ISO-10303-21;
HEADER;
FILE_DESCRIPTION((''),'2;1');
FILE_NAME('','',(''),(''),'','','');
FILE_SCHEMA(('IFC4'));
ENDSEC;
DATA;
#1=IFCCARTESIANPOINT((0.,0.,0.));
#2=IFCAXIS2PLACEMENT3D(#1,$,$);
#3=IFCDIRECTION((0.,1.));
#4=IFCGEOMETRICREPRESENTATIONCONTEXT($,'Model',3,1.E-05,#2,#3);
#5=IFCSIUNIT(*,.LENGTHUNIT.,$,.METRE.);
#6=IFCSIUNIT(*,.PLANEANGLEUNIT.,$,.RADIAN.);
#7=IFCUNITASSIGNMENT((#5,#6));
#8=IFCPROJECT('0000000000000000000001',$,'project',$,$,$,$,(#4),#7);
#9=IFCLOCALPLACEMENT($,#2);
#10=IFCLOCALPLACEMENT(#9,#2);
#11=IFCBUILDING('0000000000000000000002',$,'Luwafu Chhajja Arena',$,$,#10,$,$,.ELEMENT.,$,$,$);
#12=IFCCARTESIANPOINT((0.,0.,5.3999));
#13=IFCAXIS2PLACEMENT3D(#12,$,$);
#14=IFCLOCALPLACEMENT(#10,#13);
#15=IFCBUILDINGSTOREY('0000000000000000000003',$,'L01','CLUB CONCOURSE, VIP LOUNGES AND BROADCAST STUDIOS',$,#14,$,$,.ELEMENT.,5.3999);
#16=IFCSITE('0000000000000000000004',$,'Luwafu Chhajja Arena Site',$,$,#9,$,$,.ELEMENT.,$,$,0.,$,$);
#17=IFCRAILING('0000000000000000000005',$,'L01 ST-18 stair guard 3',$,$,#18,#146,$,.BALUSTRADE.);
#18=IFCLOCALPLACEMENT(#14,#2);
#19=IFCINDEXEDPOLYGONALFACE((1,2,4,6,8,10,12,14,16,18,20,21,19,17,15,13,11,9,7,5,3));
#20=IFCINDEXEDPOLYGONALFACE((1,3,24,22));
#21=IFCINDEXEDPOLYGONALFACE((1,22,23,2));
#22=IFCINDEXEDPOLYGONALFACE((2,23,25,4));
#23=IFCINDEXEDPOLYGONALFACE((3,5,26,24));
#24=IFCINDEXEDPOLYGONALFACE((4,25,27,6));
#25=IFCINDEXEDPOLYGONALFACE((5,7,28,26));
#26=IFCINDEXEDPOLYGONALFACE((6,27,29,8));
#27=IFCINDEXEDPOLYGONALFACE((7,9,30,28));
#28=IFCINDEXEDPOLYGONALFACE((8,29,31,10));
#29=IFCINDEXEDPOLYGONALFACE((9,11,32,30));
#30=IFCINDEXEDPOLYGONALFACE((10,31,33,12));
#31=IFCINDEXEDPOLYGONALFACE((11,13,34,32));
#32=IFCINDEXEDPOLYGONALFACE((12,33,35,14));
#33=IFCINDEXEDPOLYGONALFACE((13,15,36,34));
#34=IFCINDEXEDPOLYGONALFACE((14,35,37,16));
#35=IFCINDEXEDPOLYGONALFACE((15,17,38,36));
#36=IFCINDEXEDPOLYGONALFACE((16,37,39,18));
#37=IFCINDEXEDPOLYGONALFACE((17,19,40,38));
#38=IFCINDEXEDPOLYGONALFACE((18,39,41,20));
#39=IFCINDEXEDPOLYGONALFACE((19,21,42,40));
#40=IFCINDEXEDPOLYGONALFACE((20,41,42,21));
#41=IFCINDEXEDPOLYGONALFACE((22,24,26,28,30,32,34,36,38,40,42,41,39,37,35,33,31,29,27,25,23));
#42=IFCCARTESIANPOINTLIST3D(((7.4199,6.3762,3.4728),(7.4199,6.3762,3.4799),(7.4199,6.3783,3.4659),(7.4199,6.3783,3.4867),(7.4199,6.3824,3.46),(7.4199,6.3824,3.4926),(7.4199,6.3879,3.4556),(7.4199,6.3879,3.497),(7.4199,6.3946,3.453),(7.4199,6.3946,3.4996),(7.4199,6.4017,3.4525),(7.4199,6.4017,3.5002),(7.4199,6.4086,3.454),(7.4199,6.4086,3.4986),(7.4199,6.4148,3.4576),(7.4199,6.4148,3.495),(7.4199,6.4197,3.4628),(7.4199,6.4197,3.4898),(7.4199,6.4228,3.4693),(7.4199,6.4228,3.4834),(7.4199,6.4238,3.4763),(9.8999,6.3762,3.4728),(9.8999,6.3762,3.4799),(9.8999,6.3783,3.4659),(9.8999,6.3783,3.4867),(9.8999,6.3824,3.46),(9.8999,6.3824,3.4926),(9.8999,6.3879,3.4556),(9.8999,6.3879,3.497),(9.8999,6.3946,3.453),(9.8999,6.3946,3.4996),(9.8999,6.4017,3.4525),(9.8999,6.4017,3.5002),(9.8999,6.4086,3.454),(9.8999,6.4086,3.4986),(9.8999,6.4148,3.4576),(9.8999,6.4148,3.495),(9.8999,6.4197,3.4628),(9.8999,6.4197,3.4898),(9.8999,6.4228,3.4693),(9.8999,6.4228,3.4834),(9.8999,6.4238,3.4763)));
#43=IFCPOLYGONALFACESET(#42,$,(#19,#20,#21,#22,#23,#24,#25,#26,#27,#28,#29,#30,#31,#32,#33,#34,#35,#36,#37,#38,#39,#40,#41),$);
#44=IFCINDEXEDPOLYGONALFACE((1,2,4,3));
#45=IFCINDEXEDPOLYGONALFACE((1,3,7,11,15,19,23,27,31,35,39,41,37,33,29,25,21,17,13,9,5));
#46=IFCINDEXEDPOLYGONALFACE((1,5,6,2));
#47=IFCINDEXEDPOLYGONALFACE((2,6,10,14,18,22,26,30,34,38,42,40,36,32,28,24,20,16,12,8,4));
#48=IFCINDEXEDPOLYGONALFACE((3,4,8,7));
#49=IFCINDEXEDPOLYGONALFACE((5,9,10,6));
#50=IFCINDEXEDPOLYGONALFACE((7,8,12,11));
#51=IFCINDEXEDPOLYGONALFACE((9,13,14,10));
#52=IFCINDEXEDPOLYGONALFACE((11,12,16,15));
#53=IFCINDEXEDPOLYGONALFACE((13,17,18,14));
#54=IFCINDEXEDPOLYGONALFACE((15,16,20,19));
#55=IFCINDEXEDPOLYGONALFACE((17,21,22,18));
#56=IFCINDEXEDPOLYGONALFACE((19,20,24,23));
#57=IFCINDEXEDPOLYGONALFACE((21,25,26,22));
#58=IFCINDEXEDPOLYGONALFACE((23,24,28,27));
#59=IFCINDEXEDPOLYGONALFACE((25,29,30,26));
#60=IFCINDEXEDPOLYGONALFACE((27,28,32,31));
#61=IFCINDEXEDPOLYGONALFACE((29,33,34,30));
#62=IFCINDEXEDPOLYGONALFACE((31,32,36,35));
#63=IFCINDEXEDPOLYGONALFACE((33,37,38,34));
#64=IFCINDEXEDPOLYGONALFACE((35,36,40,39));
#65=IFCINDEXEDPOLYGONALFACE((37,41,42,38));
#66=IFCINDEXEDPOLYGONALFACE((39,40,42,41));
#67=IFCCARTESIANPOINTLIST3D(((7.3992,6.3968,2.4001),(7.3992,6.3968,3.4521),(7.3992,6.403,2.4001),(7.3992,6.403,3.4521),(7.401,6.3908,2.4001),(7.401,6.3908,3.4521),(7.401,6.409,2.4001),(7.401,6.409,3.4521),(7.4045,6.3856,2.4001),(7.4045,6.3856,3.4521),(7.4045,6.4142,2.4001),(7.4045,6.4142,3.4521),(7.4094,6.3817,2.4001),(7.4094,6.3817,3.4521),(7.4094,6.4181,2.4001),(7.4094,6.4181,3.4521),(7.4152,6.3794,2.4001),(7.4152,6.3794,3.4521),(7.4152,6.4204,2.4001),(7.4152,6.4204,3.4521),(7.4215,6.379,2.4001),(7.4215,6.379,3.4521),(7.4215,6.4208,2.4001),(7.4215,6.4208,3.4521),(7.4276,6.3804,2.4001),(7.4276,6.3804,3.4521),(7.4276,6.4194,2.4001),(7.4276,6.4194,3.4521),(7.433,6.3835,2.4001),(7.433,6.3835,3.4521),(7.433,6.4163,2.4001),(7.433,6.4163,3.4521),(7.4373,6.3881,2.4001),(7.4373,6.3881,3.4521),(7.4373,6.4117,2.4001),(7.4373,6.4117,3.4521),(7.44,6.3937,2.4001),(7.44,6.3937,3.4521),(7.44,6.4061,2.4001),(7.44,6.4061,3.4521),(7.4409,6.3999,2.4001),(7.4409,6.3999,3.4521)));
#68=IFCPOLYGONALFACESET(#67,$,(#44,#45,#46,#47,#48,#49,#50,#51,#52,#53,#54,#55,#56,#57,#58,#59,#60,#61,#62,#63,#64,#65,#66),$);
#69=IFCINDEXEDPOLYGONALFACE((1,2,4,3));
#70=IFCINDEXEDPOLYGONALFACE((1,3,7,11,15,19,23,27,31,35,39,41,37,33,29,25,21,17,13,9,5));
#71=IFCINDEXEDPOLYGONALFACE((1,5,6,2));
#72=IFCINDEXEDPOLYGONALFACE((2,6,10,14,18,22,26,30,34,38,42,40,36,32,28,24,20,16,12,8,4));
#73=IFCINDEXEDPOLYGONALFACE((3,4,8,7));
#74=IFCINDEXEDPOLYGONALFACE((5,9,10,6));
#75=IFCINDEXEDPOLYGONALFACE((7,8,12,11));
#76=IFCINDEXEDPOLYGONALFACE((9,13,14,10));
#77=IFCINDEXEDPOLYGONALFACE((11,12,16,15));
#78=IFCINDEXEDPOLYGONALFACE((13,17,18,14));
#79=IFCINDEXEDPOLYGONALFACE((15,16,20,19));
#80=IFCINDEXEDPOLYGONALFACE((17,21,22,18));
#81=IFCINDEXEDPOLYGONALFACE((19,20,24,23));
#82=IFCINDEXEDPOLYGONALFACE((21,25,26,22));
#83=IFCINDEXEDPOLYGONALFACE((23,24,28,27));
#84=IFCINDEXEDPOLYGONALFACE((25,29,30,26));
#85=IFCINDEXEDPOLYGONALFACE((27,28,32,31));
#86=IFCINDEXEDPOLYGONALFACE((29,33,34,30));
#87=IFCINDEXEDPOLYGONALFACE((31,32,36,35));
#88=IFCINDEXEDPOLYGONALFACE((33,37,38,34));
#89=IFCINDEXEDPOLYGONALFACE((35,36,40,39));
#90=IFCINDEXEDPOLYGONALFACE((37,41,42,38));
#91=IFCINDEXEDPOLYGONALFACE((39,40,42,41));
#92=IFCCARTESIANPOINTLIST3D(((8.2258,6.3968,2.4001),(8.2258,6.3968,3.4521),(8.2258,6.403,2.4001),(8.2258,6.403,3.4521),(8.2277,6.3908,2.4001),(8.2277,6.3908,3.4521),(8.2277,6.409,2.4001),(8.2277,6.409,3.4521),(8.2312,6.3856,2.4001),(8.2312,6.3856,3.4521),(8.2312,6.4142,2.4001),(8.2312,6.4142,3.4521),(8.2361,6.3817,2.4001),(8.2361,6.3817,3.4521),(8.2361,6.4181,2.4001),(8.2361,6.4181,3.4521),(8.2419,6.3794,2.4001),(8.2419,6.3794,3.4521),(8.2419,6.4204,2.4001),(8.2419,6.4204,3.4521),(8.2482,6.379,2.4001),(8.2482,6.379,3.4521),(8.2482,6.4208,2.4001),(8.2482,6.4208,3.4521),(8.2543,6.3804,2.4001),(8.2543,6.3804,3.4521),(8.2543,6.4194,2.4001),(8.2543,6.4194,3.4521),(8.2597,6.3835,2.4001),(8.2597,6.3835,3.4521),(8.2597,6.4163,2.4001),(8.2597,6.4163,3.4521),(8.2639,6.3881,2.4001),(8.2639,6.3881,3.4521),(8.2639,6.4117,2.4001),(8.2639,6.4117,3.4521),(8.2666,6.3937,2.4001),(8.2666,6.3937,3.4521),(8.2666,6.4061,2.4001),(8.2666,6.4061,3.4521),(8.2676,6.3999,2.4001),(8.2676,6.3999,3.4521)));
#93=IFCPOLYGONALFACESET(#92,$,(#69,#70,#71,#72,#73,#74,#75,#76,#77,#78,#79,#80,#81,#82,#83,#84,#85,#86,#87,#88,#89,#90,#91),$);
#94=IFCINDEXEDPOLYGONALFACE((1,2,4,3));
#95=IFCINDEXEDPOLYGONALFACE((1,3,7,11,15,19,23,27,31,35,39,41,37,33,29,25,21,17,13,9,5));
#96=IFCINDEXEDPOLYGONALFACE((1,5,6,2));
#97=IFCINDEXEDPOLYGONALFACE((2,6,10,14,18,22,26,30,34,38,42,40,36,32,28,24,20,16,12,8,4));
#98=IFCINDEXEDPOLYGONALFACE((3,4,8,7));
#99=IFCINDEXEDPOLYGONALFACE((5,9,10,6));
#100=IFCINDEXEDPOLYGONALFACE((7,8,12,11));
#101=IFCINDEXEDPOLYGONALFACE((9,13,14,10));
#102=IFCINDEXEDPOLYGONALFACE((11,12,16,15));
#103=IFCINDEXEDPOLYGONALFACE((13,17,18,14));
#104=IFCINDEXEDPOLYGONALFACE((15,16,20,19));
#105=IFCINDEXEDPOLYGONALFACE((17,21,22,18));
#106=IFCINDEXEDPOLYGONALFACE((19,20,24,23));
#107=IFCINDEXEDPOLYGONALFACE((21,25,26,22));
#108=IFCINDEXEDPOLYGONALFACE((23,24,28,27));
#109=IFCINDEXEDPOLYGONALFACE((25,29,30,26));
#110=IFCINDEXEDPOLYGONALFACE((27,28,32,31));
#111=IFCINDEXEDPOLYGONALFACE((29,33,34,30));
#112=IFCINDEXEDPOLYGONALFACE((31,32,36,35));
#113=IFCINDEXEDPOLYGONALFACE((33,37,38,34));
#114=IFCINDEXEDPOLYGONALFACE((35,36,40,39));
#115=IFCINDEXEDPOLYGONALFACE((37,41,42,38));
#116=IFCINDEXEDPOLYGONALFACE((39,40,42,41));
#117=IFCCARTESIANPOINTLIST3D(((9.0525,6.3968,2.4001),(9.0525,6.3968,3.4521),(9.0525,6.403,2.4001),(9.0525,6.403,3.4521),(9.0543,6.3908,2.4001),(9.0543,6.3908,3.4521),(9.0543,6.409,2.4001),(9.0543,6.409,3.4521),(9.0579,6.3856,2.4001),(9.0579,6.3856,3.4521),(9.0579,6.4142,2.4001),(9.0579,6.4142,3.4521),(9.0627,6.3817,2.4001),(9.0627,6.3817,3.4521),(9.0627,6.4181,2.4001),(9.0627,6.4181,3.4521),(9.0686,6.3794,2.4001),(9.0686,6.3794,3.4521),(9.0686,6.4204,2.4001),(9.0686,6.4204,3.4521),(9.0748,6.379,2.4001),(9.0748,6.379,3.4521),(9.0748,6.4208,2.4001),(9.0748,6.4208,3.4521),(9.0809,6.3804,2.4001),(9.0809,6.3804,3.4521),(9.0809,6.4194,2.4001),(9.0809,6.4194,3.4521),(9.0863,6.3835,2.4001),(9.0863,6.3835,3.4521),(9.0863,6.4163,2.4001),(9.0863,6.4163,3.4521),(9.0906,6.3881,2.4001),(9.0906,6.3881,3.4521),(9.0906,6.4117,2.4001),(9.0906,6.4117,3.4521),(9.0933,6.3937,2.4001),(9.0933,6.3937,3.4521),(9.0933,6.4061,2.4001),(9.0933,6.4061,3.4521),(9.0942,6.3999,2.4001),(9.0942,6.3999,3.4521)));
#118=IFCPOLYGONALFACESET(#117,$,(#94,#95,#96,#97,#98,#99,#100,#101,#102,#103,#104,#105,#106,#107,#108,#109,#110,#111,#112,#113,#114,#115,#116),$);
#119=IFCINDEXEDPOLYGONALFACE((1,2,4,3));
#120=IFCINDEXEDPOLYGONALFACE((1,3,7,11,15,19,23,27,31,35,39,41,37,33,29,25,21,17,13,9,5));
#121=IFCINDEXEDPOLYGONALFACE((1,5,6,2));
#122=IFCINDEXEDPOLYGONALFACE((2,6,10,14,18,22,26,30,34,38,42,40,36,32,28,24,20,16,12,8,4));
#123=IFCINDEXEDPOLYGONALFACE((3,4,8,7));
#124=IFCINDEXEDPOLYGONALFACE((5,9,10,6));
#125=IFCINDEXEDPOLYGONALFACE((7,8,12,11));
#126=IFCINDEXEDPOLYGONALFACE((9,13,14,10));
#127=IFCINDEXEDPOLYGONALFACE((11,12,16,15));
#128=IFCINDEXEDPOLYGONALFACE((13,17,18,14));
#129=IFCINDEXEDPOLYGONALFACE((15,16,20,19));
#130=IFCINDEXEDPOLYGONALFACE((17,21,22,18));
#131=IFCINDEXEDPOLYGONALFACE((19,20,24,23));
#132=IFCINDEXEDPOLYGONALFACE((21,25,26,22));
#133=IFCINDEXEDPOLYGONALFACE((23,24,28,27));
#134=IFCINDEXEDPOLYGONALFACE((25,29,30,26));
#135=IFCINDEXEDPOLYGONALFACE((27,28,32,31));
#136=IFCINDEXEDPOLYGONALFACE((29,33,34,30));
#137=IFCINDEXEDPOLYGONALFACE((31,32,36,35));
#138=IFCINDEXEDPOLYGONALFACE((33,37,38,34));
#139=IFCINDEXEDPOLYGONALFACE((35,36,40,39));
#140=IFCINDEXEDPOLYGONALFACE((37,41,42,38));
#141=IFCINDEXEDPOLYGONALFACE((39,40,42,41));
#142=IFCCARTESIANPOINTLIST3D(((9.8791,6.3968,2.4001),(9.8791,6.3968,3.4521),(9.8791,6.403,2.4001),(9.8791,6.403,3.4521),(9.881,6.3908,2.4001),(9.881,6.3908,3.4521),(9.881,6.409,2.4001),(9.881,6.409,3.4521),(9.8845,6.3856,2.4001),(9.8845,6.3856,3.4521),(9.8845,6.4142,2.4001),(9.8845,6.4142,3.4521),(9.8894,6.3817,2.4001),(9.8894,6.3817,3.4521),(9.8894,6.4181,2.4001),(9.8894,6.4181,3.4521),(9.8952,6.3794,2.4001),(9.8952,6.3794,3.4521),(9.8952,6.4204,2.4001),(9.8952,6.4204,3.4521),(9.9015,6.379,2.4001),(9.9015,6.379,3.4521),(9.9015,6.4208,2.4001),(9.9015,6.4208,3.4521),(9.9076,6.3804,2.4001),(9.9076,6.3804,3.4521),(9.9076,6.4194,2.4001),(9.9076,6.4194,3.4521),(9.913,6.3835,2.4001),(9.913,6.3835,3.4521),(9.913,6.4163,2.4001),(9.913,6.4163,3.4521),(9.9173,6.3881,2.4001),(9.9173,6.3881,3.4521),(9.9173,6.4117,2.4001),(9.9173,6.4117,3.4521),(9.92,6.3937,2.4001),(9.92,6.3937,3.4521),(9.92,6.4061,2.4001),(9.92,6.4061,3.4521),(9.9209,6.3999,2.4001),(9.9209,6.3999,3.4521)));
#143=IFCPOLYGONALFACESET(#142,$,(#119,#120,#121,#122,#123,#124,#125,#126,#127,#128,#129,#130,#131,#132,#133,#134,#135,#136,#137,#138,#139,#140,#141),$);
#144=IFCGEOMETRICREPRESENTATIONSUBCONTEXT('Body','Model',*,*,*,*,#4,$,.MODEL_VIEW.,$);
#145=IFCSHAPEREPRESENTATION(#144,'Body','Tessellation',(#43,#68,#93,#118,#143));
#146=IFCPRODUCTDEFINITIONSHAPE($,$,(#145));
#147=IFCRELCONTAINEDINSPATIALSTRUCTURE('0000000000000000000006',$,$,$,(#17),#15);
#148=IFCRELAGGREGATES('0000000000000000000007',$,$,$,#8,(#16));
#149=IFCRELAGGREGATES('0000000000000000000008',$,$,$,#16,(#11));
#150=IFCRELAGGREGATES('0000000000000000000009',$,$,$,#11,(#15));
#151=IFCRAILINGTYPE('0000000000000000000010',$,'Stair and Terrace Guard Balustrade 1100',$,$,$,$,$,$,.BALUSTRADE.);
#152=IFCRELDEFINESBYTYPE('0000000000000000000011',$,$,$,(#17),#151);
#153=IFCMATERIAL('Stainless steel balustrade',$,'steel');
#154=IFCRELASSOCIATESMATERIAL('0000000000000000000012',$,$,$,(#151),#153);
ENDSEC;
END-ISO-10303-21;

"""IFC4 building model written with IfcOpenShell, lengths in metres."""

from ifc_helpers import new_model, si_unit, direction, frame, origin, origin_2d, place, context, subcontext, project, spatial, circle, extrude, material, type_object, element, save


model = new_model("IFC4")

# Units and contexts
model_context = context("Model", 3, precision=1e-05, world=origin(), true_north=direction((0.0, 1.0)))
body_context = subcontext(model_context, "Body", "Model", "MODEL_VIEW")
ifc_project = project(units=[si_unit("LENGTHUNIT", "METRE"), si_unit("PLANEANGLEUNIT", "RADIAN")], contexts=[model_context])

# Site, building, storey
site_placement = place(None, origin())
site = spatial("IfcSite", under=ifc_project, at=site_placement, Name="Luwafu Chhajja Arena Site", CompositionType="ELEMENT", RefElevation=0.0)
building_placement = place(site_placement, origin())
building = spatial("IfcBuilding", under=site, at=building_placement, Name="Luwafu Chhajja Arena", CompositionType="ELEMENT")
storey_placement = place(building_placement, frame((0.0, 0.0, 5.3999)))
storey = spatial("IfcBuildingStorey", under=building, at=storey_placement, Name="L01", Description="CLUB CONCOURSE, VIP LOUNGES AND BROADCAST STUDIOS", CompositionType="ELEMENT", Elevation=5.3999)

# Shared definitions
ifc_material_1 = material(Name="Stainless steel balustrade", Category="steel")

# Railing
railing_type_1 = type_object("IfcRailingType", Name="Stair and Terrace Guard Balustrade 1100", PredefinedType="BALUSTRADE", material=ifc_material_1)
for number, where, name in (
    (1, (7.4199, 6.3999, 2.4001), "L01 ST-18 stair guard 3"),
):
    element("IfcRailing", number, at=place(storey_placement, frame(where)), inside=storey, type_object=railing_type_1, Name=name, PredefinedType="BALUSTRADE", context=body_context, shape_type="SweptSolid", body=[
        extrude(circle(Radius=0.0239, at=origin_2d()), frame((0.0, 0.0, 1.0762), z_axis=(1.0, 0.0, 0.0), x_axis=(0.0, 1.0, 0.0)), (0.0, 0.0, 1.0), 2.48),
        extrude(circle(Radius=0.021, at=origin_2d()), origin(), (0.0, 0.0, 1.0), 1.052),
        extrude(circle(Radius=0.021, at=origin_2d()), frame((0.8267, 0.0, 0.0)), (0.0, 0.0, 1.0), 1.052),
        extrude(circle(Radius=0.021, at=origin_2d()), frame((1.6533, 0.0, 0.0)), (0.0, 0.0, 1.0), 1.052),
        extrude(circle(Radius=0.021, at=origin_2d()), frame((2.48, 0.0, 0.0)), (0.0, 0.0, 1.0), 1.052),
    ])

save(model, "model.ifc")
